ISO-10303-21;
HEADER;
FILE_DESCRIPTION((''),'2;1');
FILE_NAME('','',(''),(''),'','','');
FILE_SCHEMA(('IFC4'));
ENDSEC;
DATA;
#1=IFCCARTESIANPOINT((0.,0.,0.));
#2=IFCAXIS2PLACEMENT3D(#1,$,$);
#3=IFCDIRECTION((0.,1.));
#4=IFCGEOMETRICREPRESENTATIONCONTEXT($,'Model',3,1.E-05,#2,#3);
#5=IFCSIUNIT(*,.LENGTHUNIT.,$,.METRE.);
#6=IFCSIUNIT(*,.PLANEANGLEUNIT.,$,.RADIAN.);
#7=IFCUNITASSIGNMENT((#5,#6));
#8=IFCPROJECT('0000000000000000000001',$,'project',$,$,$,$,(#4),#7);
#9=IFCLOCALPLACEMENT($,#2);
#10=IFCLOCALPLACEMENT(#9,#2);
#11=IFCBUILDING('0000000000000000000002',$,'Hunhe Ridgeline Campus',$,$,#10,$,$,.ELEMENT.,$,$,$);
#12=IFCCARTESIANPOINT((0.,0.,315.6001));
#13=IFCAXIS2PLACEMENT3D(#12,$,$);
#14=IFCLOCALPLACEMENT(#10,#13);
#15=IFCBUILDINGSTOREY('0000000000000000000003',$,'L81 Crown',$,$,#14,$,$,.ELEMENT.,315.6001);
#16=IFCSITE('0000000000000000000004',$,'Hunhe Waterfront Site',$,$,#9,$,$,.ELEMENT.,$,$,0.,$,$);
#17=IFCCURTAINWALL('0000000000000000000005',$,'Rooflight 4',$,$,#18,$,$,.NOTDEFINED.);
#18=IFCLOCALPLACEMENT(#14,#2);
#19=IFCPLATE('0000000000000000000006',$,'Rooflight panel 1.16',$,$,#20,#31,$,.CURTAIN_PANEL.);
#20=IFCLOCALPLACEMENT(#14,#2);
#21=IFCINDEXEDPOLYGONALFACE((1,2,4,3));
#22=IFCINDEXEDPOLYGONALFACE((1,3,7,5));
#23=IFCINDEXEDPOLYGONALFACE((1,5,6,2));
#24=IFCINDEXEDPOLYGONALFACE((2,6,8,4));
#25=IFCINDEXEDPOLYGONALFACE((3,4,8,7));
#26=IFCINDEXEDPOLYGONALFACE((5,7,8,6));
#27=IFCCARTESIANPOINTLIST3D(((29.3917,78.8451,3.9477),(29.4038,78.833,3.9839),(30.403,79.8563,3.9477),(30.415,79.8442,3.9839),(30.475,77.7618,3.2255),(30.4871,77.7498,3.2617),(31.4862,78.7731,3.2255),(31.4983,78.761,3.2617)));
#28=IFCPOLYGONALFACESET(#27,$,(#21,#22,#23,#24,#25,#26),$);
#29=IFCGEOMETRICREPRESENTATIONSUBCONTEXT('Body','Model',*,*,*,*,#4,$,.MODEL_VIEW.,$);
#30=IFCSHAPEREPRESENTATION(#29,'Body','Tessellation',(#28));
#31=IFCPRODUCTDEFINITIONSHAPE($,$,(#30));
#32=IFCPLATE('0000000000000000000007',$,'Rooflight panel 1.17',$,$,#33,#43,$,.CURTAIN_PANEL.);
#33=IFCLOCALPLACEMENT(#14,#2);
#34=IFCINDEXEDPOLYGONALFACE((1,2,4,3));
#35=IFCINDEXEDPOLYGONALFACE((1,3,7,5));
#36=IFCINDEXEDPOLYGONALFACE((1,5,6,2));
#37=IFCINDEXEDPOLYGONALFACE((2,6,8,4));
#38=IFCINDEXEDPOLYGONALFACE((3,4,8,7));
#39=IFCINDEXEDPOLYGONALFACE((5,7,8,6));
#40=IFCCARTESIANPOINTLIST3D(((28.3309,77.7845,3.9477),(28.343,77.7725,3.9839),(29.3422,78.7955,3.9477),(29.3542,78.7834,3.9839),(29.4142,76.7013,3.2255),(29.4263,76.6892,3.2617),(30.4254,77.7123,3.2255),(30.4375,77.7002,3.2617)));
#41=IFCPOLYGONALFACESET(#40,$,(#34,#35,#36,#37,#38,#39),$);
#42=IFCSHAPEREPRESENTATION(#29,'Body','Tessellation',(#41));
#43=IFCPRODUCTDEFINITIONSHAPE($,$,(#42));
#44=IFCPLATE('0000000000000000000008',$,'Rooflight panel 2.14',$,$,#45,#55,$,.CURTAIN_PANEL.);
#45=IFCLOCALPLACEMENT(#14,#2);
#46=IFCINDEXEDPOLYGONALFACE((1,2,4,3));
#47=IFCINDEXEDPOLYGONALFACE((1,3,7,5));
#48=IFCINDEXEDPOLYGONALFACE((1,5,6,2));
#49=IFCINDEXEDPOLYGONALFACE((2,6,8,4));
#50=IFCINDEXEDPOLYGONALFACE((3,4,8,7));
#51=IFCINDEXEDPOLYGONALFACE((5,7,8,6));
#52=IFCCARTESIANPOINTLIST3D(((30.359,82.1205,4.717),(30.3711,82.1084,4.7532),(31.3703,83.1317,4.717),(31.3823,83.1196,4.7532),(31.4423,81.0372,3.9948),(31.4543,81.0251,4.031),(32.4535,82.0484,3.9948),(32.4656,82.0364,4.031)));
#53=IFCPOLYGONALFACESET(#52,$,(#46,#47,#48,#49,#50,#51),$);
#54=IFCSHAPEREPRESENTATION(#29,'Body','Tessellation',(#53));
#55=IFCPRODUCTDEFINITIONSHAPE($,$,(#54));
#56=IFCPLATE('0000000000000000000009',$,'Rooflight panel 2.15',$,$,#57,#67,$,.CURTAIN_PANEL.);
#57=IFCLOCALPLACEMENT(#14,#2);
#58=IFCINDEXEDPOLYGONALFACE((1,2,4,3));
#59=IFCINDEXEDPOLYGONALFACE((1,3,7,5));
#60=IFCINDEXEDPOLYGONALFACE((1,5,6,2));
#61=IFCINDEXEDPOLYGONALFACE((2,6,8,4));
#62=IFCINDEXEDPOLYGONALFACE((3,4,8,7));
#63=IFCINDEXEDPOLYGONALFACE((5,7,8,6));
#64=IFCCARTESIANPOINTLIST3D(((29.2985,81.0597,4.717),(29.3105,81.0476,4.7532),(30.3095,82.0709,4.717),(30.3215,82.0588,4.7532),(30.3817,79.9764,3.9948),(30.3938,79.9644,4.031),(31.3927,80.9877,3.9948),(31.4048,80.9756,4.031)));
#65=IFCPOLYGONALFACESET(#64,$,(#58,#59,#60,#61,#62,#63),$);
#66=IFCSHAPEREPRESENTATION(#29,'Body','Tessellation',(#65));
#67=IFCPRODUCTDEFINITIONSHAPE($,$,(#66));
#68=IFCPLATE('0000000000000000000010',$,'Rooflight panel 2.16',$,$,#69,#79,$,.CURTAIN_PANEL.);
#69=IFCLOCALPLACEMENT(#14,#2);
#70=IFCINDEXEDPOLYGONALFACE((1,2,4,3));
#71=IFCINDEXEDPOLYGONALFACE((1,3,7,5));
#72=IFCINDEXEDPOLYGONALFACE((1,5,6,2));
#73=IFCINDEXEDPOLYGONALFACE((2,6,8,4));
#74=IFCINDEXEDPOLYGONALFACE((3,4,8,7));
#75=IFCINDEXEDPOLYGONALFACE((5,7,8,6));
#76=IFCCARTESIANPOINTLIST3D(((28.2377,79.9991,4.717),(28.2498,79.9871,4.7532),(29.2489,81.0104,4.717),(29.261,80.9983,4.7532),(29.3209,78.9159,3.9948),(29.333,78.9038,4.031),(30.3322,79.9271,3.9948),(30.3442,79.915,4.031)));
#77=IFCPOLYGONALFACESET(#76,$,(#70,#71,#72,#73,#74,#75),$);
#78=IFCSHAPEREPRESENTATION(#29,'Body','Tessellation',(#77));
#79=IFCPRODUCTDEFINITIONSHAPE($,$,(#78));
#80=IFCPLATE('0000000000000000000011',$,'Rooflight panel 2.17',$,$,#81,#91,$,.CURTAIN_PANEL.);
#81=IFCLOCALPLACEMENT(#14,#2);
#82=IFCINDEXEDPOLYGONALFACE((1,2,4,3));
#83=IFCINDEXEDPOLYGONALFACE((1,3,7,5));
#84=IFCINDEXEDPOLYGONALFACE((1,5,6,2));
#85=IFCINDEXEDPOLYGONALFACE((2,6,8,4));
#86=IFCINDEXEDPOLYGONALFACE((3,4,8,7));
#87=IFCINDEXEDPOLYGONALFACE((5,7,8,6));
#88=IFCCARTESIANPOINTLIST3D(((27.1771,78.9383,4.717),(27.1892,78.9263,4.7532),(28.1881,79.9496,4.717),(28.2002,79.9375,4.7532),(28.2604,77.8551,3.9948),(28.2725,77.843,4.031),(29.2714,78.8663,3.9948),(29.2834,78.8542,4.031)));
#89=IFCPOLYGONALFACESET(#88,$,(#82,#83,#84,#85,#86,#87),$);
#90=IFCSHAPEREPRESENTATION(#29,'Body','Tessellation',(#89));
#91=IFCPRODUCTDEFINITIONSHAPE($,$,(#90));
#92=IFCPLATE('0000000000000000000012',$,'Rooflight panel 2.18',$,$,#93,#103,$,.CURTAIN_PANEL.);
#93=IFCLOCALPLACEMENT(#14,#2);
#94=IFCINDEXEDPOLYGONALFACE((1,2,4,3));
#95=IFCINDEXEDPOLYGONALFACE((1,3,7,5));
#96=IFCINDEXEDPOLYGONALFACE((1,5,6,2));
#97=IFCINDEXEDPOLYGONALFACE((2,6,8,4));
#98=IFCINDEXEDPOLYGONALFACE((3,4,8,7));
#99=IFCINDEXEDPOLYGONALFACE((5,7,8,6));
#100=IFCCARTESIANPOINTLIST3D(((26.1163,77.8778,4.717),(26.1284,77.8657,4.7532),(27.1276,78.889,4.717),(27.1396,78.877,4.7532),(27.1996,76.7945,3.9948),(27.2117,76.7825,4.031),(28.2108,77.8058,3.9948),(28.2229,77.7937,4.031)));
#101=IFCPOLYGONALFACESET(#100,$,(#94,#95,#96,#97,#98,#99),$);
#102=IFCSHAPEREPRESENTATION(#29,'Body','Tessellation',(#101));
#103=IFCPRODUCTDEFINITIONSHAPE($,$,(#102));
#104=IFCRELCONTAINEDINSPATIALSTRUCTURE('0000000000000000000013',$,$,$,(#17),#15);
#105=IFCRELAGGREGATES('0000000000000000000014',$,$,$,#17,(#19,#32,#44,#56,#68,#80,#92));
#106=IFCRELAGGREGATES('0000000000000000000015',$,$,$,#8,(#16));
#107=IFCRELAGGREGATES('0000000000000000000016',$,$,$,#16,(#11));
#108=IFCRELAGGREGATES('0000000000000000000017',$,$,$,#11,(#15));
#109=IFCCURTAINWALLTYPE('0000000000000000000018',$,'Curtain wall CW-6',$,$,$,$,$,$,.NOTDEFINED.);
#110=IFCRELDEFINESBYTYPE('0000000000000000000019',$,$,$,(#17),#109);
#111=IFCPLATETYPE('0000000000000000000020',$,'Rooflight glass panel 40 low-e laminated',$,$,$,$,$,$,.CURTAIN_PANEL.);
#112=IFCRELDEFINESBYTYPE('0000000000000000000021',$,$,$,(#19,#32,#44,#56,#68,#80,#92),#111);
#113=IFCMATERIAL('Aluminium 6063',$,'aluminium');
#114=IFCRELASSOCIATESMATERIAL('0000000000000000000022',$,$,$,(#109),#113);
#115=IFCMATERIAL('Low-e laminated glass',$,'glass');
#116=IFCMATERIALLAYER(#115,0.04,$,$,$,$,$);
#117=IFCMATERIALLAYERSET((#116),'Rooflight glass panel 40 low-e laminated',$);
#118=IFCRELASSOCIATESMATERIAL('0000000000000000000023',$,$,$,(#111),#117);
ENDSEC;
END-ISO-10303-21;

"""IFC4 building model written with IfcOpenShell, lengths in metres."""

from ifc_helpers import new_model, si_unit, direction, frame, origin, place, context, subcontext, project, spatial, polyline, outline, extrude, material, layer, layer_set, type_object, element, aggregate, save


model = new_model("IFC4")

# Units and contexts
model_context = context("Model", 3, precision=1e-05, world=origin(), true_north=direction((0.0, 1.0)))
body_context = subcontext(model_context, "Body", "Model", "MODEL_VIEW")
ifc_project = project(units=[si_unit("LENGTHUNIT", "METRE"), si_unit("PLANEANGLEUNIT", "RADIAN")], contexts=[model_context])

# Site, building, storey
site_placement = place(None, origin())
site = spatial("IfcSite", under=ifc_project, at=site_placement, Name="Hunhe Waterfront Site", CompositionType="ELEMENT", RefElevation=0.0)
building_placement = place(site_placement, origin())
building = spatial("IfcBuilding", under=site, at=building_placement, Name="Hunhe Ridgeline Campus", CompositionType="ELEMENT")
storey_placement = place(building_placement, frame((0.0, 0.0, 315.6001)))
storey = spatial("IfcBuildingStorey", under=building, at=storey_placement, Name="L81 Crown", CompositionType="ELEMENT", Elevation=315.6001)

# Curtain wall, plates
ifc_material_1 = material(Name="Aluminium 6063", Category="aluminium")
curtain_wall_type = type_object("IfcCurtainWallType", Name="Curtain wall CW-6", PredefinedType="NOTDEFINED", material=ifc_material_1)
curtain_wall_placement = place(storey_placement, origin())
curtain_wall = element("IfcCurtainWall", 1, at=curtain_wall_placement, inside=storey, type_object=curtain_wall_type, Name="Rooflight 4", PredefinedType="NOTDEFINED")
ifc_material_2 = material(Name="Low-e laminated glass", Category="glass")
ifc_layer = layer(ifc_material_2, 0.04)
ifc_layer_set = layer_set([ifc_layer], Name="Rooflight glass panel 40 low-e laminated")
plate_type = type_object("IfcPlateType", Name="Rooflight glass panel 40 low-e laminated", PredefinedType="CURTAIN_PANEL", material=ifc_layer_set)
plate_1_placement = place(storey_placement, frame((31.4983, 78.761, 3.2617), z_axis=(0.301511, -0.301511, 0.904534), x_axis=(-0.639602, 0.639602, 0.426401)))
plate_1 = element("IfcPlate", 2, at=plate_1_placement, type_object=plate_type, Name="Rooflight panel 1.16", PredefinedType="CURTAIN_PANEL", context=body_context, shape_type="SweptSolid", body=[
    extrude(outline(polyline([(0.0, 0.0), (1.6936, 0.0), (1.6936, 1.4301), (0.0, 1.4301), (0.0, 0.0)])), origin(), (0.0, 0.0, -1.0), 0.04),
])
plate_2_placement = place(storey_placement, frame((30.4375, 77.7002, 3.2617), z_axis=(0.301475, -0.301548, 0.904534), x_axis=(-0.639602, 0.639602, 0.426401)))
plate_2 = element("IfcPlate", 3, at=plate_2_placement, type_object=plate_type, Name="Rooflight panel 1.17", PredefinedType="CURTAIN_PANEL", context=body_context, shape_type="SweptSolid", body=[
    extrude(outline(polyline([(0.0, 0.0), (1.6936, 0.0), (1.6938, 1.4299), (0.0002, 1.4299), (0.0, 0.0)])), origin(), (0.0, 0.0, -1.0), 0.04),
])
plate_3_placement = place(storey_placement, frame((32.4656, 82.0364, 4.031), z_axis=(0.301511, -0.301511, 0.904534), x_axis=(-0.639602, 0.639602, 0.426401)))
plate_3 = element("IfcPlate", 4, at=plate_3_placement, type_object=plate_type, Name="Rooflight panel 2.14", PredefinedType="CURTAIN_PANEL", context=body_context, shape_type="SweptSolid", body=[
    extrude(outline(polyline([(0.0, 0.0), (1.6936, 0.0), (1.6936, 1.4301), (0.0, 1.4301), (0.0, 0.0)])), origin(), (0.0, 0.0, -1.0), 0.04),
])
plate_4_placement = place(storey_placement, frame((31.4048, 80.9756, 4.031), z_axis=(0.301548, -0.301475, 0.904534), x_axis=(-0.639602, 0.639602, 0.426401)))
plate_4 = element("IfcPlate", 5, at=plate_4_placement, type_object=plate_type, Name="Rooflight panel 2.15", PredefinedType="CURTAIN_PANEL", context=body_context, shape_type="SweptSolid", body=[
    extrude(outline(polyline([(0.0, 0.0), (1.6936, 0.0), (1.6935, 1.4299), (-0.0002, 1.4299), (0.0, 0.0)])), origin(), (0.0, 0.0, -1.0), 0.04),
])
plate_5_placement = place(storey_placement, frame((30.3442, 79.915, 4.031), z_axis=(0.301511, -0.301511, 0.904534), x_axis=(-0.639602, 0.639602, 0.426401)))
plate_5 = element("IfcPlate", 6, at=plate_5_placement, type_object=plate_type, Name="Rooflight panel 2.16", PredefinedType="CURTAIN_PANEL", context=body_context, shape_type="SweptSolid", body=[
    extrude(outline(polyline([(0.0, 0.0), (1.6936, 0.0), (1.6936, 1.4301), (0.0, 1.4301), (0.0, 0.0)])), origin(), (0.0, 0.0, -1.0), 0.04),
])
plate_6_placement = place(storey_placement, frame((29.2834, 78.8542, 4.031), z_axis=(0.301548, -0.301475, 0.904534), x_axis=(-0.639602, 0.639602, 0.426401)))
plate_6 = element("IfcPlate", 7, at=plate_6_placement, type_object=plate_type, Name="Rooflight panel 2.17", PredefinedType="CURTAIN_PANEL", context=body_context, shape_type="SweptSolid", body=[
    extrude(outline(polyline([(0.0, 0.0), (1.6936, 0.0), (1.6935, 1.4299), (-0.0002, 1.4299), (0.0, 0.0)])), origin(), (0.0, 0.0, -1.0), 0.04),
])
plate_7_placement = place(storey_placement, frame((28.2229, 77.7937, 4.031), z_axis=(0.301511, -0.301511, 0.904534), x_axis=(-0.639602, 0.639602, 0.426401)))
plate_7 = element("IfcPlate", 8, at=plate_7_placement, type_object=plate_type, Name="Rooflight panel 2.18", PredefinedType="CURTAIN_PANEL", context=body_context, shape_type="SweptSolid", body=[
    extrude(outline(polyline([(0.0, 0.0), (1.6936, 0.0), (1.6936, 1.4301), (0.0, 1.4301), (0.0, 0.0)])), origin(), (0.0, 0.0, -1.0), 0.04),
])
aggregate(curtain_wall, [plate_1, plate_2, plate_3, plate_4, plate_5, plate_6, plate_7])

save(model, "model.ifc")
